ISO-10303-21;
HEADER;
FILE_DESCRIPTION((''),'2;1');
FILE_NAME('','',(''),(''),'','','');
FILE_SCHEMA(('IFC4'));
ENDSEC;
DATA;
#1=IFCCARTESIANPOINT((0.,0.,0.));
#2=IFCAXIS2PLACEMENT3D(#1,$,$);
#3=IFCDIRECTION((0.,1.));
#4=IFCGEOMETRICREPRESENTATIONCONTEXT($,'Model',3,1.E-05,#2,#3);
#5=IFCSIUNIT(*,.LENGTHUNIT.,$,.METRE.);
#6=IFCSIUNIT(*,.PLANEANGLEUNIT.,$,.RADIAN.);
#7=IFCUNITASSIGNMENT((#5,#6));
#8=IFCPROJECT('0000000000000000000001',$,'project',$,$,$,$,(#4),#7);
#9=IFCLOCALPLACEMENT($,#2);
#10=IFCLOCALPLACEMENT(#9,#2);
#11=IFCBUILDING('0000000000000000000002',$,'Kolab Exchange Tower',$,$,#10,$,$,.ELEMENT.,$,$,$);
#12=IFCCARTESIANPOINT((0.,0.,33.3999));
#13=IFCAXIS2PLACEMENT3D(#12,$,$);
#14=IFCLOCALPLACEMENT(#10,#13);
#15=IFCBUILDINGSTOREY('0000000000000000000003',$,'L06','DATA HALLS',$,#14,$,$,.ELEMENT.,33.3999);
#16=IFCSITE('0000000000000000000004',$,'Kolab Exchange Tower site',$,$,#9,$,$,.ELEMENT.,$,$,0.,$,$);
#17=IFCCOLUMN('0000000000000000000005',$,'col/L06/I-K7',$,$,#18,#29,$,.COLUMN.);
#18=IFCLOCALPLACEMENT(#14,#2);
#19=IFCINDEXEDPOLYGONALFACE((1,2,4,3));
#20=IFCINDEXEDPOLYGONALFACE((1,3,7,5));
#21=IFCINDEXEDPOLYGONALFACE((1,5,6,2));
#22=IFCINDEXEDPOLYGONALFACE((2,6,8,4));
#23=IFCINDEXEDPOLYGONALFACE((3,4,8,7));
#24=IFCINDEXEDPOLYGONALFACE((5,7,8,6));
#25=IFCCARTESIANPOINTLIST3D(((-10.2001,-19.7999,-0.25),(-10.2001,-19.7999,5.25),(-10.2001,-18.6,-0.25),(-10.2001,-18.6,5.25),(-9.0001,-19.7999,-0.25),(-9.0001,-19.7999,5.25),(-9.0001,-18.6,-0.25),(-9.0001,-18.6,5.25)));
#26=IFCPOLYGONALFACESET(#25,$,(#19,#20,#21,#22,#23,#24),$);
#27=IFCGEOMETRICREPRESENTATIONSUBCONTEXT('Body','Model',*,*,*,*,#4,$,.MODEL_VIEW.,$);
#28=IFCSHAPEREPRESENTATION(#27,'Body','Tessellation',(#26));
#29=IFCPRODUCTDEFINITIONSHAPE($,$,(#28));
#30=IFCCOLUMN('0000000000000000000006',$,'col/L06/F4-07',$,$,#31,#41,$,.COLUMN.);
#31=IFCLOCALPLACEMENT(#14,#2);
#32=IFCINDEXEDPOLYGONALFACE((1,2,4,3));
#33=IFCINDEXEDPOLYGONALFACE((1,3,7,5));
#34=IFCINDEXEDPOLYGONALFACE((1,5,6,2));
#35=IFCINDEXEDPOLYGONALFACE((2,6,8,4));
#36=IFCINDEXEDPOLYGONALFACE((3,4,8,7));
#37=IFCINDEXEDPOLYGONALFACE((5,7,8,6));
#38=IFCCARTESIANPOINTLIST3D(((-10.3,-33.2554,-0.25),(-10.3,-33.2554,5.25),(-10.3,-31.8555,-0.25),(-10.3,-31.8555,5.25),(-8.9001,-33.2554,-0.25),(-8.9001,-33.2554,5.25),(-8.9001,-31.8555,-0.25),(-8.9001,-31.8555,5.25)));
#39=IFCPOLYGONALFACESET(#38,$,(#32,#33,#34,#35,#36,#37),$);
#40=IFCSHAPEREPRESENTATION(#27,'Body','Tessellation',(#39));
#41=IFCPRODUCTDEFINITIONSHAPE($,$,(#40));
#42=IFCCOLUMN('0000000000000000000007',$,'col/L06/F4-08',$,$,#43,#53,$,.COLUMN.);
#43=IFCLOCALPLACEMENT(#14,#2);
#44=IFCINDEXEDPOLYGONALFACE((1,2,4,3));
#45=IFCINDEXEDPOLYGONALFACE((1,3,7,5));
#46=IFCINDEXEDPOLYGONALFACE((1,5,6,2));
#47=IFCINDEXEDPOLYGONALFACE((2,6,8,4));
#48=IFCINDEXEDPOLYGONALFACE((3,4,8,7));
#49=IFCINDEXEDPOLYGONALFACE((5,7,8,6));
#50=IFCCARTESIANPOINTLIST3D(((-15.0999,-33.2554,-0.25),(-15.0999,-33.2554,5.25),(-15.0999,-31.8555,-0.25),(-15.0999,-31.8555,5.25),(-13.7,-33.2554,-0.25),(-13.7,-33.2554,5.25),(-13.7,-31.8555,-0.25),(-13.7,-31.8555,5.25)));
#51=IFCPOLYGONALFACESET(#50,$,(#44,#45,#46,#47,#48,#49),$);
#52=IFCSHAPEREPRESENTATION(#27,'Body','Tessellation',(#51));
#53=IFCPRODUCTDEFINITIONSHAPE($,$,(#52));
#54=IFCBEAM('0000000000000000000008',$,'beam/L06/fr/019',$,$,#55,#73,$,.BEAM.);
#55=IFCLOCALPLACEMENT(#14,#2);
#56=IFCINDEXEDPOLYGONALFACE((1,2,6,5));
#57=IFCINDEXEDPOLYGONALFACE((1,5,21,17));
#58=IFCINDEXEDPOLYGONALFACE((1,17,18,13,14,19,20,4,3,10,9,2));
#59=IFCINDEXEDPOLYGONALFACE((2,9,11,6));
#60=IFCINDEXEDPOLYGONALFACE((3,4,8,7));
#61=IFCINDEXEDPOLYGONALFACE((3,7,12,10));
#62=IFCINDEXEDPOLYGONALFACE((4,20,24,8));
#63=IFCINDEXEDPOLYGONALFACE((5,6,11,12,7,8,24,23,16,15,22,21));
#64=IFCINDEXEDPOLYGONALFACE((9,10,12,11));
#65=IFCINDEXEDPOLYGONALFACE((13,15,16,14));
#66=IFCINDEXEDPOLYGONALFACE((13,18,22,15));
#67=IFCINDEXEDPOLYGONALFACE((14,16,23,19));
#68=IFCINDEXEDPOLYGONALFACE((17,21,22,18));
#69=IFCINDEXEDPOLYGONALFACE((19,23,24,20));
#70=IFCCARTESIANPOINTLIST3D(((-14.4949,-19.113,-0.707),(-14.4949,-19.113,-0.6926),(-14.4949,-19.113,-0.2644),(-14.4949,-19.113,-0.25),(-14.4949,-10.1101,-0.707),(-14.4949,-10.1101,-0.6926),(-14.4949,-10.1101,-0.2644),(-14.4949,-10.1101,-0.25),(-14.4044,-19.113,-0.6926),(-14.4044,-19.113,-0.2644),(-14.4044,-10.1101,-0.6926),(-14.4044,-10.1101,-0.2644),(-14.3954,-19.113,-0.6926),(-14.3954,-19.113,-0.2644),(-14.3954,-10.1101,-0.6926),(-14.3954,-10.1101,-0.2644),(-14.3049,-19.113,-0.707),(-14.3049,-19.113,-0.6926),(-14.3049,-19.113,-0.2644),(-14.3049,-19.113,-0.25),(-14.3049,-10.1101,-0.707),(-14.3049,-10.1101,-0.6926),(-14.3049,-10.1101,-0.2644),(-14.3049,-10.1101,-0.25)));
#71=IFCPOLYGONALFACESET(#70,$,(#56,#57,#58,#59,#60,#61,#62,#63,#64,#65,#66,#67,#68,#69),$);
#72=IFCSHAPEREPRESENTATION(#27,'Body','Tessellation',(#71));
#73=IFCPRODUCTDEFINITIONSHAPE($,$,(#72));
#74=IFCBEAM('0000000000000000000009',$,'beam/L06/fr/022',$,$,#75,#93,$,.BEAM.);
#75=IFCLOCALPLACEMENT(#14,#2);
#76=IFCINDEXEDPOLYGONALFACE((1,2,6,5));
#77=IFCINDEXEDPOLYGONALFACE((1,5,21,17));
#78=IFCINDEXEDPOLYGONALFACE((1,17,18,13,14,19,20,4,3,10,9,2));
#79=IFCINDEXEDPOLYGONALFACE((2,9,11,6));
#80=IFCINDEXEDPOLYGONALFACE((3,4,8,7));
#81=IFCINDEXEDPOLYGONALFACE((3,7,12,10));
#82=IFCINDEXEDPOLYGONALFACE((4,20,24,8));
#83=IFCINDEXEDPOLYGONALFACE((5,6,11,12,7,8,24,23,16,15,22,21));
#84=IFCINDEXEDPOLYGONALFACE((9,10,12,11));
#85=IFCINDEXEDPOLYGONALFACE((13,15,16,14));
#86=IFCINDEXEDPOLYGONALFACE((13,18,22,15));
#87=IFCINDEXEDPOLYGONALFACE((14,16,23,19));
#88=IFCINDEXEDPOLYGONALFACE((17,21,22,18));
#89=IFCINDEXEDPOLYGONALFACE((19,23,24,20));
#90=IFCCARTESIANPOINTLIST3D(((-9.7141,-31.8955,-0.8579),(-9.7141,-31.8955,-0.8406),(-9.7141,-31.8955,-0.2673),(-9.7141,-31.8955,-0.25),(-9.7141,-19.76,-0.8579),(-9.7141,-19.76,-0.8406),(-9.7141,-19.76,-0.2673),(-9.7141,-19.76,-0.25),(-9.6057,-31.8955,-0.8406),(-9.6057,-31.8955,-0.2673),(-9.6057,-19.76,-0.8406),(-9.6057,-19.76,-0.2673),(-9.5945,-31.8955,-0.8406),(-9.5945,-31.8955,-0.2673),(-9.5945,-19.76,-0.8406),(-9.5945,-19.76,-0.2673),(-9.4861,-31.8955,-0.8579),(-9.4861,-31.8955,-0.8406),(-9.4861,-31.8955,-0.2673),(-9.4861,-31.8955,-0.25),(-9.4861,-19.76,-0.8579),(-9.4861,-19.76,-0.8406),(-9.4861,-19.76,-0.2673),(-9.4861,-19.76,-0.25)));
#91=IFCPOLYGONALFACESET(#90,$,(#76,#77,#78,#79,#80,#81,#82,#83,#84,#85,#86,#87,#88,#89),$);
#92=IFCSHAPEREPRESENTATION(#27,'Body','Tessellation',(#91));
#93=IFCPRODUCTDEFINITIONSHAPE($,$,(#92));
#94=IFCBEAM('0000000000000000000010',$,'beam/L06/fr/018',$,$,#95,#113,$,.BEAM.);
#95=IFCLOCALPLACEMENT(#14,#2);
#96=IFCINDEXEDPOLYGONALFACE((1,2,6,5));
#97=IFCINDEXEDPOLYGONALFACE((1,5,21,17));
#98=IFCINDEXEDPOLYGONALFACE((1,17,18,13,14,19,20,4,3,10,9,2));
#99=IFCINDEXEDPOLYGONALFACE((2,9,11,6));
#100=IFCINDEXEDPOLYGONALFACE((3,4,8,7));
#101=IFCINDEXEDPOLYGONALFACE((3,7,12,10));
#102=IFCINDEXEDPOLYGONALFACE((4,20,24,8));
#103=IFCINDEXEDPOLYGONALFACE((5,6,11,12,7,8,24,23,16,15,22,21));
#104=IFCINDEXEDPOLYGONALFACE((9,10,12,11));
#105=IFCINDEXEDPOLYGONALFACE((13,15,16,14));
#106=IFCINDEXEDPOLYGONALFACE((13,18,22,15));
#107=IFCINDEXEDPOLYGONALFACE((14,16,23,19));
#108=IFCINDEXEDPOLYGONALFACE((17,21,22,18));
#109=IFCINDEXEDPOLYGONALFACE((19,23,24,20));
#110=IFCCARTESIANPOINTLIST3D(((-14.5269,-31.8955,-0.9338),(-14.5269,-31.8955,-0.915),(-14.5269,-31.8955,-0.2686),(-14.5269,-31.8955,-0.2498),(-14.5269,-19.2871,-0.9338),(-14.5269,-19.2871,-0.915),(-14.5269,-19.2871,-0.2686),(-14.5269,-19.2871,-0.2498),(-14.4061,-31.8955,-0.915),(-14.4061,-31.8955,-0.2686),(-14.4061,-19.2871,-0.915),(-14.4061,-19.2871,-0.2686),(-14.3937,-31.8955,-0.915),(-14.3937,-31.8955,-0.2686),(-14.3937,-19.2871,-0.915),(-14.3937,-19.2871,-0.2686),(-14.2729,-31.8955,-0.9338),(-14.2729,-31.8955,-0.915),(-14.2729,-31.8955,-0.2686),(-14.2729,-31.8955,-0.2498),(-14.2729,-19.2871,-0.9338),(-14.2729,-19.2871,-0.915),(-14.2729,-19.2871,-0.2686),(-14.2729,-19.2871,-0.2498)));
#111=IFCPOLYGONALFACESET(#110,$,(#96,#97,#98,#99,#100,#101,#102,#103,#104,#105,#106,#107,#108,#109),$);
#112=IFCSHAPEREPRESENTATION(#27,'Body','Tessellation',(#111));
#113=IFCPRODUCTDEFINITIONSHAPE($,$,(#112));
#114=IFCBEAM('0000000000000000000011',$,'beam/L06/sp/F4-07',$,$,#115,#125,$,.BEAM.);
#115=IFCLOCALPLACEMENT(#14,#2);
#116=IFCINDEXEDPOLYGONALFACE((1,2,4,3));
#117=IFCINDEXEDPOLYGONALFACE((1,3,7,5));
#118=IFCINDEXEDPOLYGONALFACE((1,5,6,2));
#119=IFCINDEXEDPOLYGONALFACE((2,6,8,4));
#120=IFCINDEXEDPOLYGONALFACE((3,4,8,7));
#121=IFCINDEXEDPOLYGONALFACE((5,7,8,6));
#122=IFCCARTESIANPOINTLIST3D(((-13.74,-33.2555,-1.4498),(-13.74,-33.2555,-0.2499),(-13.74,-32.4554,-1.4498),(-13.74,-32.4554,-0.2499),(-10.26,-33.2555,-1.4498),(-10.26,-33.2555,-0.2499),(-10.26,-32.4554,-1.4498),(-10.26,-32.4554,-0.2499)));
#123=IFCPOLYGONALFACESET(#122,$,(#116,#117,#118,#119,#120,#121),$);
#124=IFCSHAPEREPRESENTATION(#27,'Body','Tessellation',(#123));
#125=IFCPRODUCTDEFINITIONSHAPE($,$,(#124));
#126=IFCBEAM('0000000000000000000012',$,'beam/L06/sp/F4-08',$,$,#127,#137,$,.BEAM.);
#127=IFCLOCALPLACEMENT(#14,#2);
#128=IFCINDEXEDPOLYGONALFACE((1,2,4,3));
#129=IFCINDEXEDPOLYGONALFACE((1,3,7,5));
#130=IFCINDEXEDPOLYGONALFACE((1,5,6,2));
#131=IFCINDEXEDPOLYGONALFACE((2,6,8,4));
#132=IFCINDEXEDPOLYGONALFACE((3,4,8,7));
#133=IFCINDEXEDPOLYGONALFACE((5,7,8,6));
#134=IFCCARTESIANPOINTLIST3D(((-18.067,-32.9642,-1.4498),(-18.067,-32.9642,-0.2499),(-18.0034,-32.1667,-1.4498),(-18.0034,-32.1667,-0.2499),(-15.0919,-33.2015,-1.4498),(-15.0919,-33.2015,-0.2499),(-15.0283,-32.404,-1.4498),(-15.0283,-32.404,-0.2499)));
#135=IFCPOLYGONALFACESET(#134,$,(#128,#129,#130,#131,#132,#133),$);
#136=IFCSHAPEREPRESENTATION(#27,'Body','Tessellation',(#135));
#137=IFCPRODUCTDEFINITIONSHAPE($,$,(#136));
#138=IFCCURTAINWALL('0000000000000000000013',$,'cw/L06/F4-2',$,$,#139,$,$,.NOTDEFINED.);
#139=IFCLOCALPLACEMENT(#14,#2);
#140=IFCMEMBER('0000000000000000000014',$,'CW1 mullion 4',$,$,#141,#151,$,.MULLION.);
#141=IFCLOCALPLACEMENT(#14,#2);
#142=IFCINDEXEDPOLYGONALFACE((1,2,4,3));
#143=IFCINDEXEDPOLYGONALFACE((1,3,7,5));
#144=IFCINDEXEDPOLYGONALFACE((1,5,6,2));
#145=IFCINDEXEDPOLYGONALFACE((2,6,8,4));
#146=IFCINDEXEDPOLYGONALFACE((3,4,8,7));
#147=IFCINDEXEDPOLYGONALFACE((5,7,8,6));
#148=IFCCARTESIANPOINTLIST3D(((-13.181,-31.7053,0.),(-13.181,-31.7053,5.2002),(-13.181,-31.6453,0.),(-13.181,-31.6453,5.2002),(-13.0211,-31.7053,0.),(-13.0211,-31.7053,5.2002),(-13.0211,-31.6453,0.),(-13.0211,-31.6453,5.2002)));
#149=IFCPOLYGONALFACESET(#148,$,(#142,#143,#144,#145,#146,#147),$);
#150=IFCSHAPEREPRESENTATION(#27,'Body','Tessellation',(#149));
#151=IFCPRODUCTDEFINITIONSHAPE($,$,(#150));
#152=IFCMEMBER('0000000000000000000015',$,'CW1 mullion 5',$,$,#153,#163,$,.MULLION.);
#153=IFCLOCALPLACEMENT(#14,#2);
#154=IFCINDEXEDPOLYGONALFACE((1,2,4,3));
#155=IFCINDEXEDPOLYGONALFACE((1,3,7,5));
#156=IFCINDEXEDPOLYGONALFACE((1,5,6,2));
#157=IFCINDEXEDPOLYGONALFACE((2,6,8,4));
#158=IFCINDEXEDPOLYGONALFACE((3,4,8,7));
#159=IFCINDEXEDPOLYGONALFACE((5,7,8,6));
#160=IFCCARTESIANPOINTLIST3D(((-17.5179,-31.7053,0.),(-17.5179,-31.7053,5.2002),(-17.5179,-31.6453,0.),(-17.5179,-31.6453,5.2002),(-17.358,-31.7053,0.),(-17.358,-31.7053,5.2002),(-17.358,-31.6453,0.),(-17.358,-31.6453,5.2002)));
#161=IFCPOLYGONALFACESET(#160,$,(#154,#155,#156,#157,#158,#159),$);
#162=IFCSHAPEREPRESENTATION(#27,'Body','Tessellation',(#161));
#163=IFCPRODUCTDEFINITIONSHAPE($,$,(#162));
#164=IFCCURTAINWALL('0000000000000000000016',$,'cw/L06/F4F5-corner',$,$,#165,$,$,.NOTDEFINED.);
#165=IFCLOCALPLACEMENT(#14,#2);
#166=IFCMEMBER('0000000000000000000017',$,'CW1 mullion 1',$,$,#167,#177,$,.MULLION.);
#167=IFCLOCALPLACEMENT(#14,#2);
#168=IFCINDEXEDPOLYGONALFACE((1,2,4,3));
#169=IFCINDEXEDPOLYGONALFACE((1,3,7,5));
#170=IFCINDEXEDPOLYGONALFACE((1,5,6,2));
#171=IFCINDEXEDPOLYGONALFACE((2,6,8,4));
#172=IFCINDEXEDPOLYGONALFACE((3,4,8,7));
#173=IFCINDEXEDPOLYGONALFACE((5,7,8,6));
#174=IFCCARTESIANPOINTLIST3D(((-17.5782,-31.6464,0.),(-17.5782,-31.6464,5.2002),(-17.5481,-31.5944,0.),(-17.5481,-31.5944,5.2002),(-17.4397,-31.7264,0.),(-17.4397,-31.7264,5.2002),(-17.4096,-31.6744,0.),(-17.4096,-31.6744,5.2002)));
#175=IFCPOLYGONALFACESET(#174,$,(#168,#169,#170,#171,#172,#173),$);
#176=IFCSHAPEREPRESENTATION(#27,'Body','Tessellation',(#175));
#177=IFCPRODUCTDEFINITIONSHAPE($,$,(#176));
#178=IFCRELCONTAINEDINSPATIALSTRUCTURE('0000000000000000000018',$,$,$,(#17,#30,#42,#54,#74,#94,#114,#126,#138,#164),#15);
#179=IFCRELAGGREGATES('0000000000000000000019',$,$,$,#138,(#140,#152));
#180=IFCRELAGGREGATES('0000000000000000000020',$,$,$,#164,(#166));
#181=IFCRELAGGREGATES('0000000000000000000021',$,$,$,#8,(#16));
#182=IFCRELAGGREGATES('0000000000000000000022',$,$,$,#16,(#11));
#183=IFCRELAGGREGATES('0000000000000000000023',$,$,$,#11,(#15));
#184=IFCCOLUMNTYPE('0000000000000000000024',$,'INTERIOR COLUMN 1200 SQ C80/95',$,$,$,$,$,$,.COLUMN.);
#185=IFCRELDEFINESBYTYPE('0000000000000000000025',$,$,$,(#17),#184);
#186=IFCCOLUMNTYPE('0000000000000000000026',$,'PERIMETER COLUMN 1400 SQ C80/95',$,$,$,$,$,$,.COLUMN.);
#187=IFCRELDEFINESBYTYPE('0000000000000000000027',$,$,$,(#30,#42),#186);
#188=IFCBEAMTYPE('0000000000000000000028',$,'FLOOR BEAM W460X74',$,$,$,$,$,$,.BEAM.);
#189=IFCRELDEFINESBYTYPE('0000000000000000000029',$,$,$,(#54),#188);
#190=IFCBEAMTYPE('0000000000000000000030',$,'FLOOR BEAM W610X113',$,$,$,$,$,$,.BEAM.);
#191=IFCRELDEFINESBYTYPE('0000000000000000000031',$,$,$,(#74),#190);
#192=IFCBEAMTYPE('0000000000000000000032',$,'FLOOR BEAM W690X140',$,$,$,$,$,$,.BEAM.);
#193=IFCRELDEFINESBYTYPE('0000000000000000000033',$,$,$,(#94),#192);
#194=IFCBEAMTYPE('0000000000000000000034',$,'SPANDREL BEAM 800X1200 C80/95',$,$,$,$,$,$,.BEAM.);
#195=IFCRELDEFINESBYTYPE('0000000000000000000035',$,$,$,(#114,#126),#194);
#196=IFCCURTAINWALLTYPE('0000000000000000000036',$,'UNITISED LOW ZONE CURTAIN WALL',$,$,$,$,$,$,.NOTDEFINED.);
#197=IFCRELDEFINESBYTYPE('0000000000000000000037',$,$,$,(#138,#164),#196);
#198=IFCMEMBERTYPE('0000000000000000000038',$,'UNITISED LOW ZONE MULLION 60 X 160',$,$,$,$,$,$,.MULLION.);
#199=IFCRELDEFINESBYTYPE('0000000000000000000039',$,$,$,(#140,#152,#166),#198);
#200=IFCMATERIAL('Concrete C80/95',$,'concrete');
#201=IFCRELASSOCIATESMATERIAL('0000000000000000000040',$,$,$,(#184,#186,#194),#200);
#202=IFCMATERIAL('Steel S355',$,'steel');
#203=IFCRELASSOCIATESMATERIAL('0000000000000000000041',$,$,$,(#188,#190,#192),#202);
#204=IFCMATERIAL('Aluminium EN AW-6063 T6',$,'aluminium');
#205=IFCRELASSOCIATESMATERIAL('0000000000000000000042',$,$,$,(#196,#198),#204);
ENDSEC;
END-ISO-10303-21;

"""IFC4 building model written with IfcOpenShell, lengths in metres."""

from ifc_helpers import new_model, si_unit, direction, frame, origin, origin_2d, place, context, subcontext, project, spatial, rectangle, i_section, extrude, material, material_profile, profile_set, type_object, element, aggregate, save


model = new_model("IFC4")

# Units and contexts
model_context = context("Model", 3, precision=1e-05, world=origin(), true_north=direction((0.0, 1.0)))
body_context = subcontext(model_context, "Body", "Model", "MODEL_VIEW")
ifc_project = project(units=[si_unit("LENGTHUNIT", "METRE"), si_unit("PLANEANGLEUNIT", "RADIAN")], contexts=[model_context])

# Site, building, storey
site_placement = place(None, origin())
site = spatial("IfcSite", under=ifc_project, at=site_placement, Name="Kolab Exchange Tower site", CompositionType="ELEMENT", RefElevation=0.0)
building_placement = place(site_placement, origin())
building = spatial("IfcBuilding", under=site, at=building_placement, Name="Kolab Exchange Tower", CompositionType="ELEMENT")
storey_placement = place(building_placement, frame((0.0, 0.0, 33.3999)))
storey = spatial("IfcBuildingStorey", under=building, at=storey_placement, Name="L06", Description="DATA HALLS", CompositionType="ELEMENT", Elevation=33.3999)

# Columns
ifc_material_1 = material(Name="Concrete C80/95", Category="concrete")
ifc_material_profile_1 = material_profile(ifc_material_1, rectangle(XDim=1.2, YDim=1.2, at=origin_2d()), Name="RC1200")
ifc_profile_set_1 = profile_set([ifc_material_profile_1], Name="Concrete C80/95")
column_type_1 = type_object("IfcColumnType", Name="INTERIOR COLUMN 1200 SQ C80/95", PredefinedType="COLUMN", material=ifc_profile_set_1)
column_placement = place(storey_placement, frame((-9.6001, -19.2, -0.25), z_axis=(0.0, 0.0, 1.0), x_axis=(1.0, 0.0, 0.0)))
element("IfcColumn", 1, at=column_placement, inside=storey, type_object=column_type_1, Name="col/L06/I-K7", PredefinedType="COLUMN", context=body_context, shape_type="SweptSolid", body=[
    extrude(rectangle(XDim=1.2, YDim=1.2, at=origin_2d()), origin(), (0.0, 0.0, 1.0), 5.5),
])
ifc_material_profile_2 = material_profile(ifc_material_1, rectangle(XDim=1.3999, YDim=1.3999, at=origin_2d()), Name="RC1400")
ifc_profile_set_2 = profile_set([ifc_material_profile_2], Name="Concrete C80/95")
column_type_2 = type_object("IfcColumnType", Name="PERIMETER COLUMN 1400 SQ C80/95", PredefinedType="COLUMN", material=ifc_profile_set_2)
for number, where, z_axis, x_axis, name in (
    (2, (-9.6001, -32.5554, -0.25), (0.0, 0.0, 1.0), (1.0, 0.0, 0.0), "col/L06/F4-07"),
    (3, (-14.3999, -32.5554, -0.25), (0.0, 0.0, 1.0), (1.0, 0.0, 0.0), "col/L06/F4-08"),
):
    element("IfcColumn", number, at=place(storey_placement, frame(where, z_axis=z_axis, x_axis=x_axis)), inside=storey, type_object=column_type_2, Name=name, PredefinedType="COLUMN", context=body_context, shape_type="SweptSolid", body=[
        extrude(rectangle(XDim=1.3999, YDim=1.3999, at=origin_2d()), origin(), (0.0, 0.0, 1.0), 5.5),
    ])

# Beams
ifc_material_2 = material(Name="Steel S355", Category="steel")
ifc_material_profile_3 = material_profile(ifc_material_2, i_section(OverallWidth=0.1899, OverallDepth=0.457, WebThickness=0.009, FlangeThickness=0.0144, at=origin_2d()), Name="W460X74")
ifc_profile_set_3 = profile_set([ifc_material_profile_3], Name="Steel S355")
beam_type_1 = type_object("IfcBeamType", Name="FLOOR BEAM W460X74", PredefinedType="BEAM", material=ifc_profile_set_3)
beam_1_placement = place(storey_placement, frame((-14.3999, -19.113, -0.4785), z_axis=(0.0, 1.0, 0.0), x_axis=(-1.0, 0.0, 0.0)))
element("IfcBeam", 4, at=beam_1_placement, inside=storey, type_object=beam_type_1, Name="beam/L06/fr/019", PredefinedType="BEAM", context=body_context, shape_type="SweptSolid", body=[
    extrude(i_section(OverallWidth=0.1899, OverallDepth=0.457, WebThickness=0.009, FlangeThickness=0.0144, at=origin_2d()), origin(), (0.0, 0.0, 1.0), 9.0029),
])
ifc_material_profile_4 = material_profile(ifc_material_2, i_section(OverallWidth=0.228, OverallDepth=0.6079, WebThickness=0.0112, FlangeThickness=0.0173, at=origin_2d()), Name="W610X113")
ifc_profile_set_4 = profile_set([ifc_material_profile_4], Name="Steel S355")
beam_type_2 = type_object("IfcBeamType", Name="FLOOR BEAM W610X113", PredefinedType="BEAM", material=ifc_profile_set_4)
beam_2_placement = place(storey_placement, frame((-9.6001, -31.8955, -0.554), z_axis=(0.0, 1.0, 0.0), x_axis=(-1.0, 0.0, 0.0)))
element("IfcBeam", 5, at=beam_2_placement, inside=storey, type_object=beam_type_2, Name="beam/L06/fr/022", PredefinedType="BEAM", context=body_context, shape_type="SweptSolid", body=[
    extrude(i_section(OverallWidth=0.228, OverallDepth=0.6079, WebThickness=0.0112, FlangeThickness=0.0173, at=origin_2d()), origin(), (0.0, 0.0, 1.0), 12.1355),
])
ifc_material_profile_5 = material_profile(ifc_material_2, i_section(OverallWidth=0.2539, OverallDepth=0.6841, WebThickness=0.0125, FlangeThickness=0.0188, at=origin_2d()), Name="W690X140")
ifc_profile_set_5 = profile_set([ifc_material_profile_5], Name="Steel S355")
beam_type_3 = type_object("IfcBeamType", Name="FLOOR BEAM W690X140", PredefinedType="BEAM", material=ifc_profile_set_5)
beam_3_placement = place(storey_placement, frame((-14.3999, -31.8955, -0.5918), z_axis=(0.0, 1.0, 0.0), x_axis=(-1.0, 0.0, 0.0)))
element("IfcBeam", 6, at=beam_3_placement, inside=storey, type_object=beam_type_3, Name="beam/L06/fr/018", PredefinedType="BEAM", context=body_context, shape_type="SweptSolid", body=[
    extrude(i_section(OverallWidth=0.2539, OverallDepth=0.6841, WebThickness=0.0125, FlangeThickness=0.0188, at=origin_2d()), origin(), (0.0, 0.0, 1.0), 12.6084),
])
ifc_material_profile_6 = material_profile(ifc_material_1, rectangle(XDim=0.8, YDim=1.2, at=origin_2d()), Name="RC800X1200")
ifc_profile_set_6 = profile_set([ifc_material_profile_6], Name="Concrete C80/95")
beam_type_4 = type_object("IfcBeamType", Name="SPANDREL BEAM 800X1200 C80/95", PredefinedType="BEAM", material=ifc_profile_set_6)
beam_4_placement = place(storey_placement, frame((-10.26, -32.8555, -0.8499), z_axis=(-1.0, 0.0, 0.0), x_axis=(0.0, -1.0, 0.0)))
element("IfcBeam", 7, at=beam_4_placement, inside=storey, type_object=beam_type_4, Name="beam/L06/sp/F4-07", PredefinedType="BEAM", context=body_context, shape_type="SweptSolid", body=[
    extrude(rectangle(XDim=0.8, YDim=1.2, at=origin_2d()), origin(), (0.0, 0.0, 1.0), 3.48),
])
beam_5_placement = place(storey_placement, frame((-15.0601, -32.8027, -0.8499), z_axis=(-0.996834, 0.079511, 0.0), x_axis=(-0.079511, -0.996834, 0.0)))
element("IfcBeam", 8, at=beam_5_placement, inside=storey, type_object=beam_type_4, Name="beam/L06/sp/F4-08", PredefinedType="BEAM", context=body_context, shape_type="SweptSolid", body=[
    extrude(rectangle(XDim=0.8, YDim=1.2, at=origin_2d()), origin(), (0.0, 0.0, 1.0), 2.9846),
])

# Curtain wall, members
ifc_material_3 = material(Name="Aluminium EN AW-6063 T6", Category="aluminium")
curtain_wall_type = type_object("IfcCurtainWallType", Name="UNITISED LOW ZONE CURTAIN WALL", PredefinedType="NOTDEFINED", material=ifc_material_3)
curtain_wall_1_placement = place(storey_placement, origin())
curtain_wall_1 = element("IfcCurtainWall", 9, at=curtain_wall_1_placement, inside=storey, type_object=curtain_wall_type, Name="cw/L06/F4-2", PredefinedType="NOTDEFINED")
ifc_material_profile_7 = material_profile(ifc_material_3, rectangle(XDim=0.0601, YDim=0.1599, at=origin_2d()), Name="RECT 60X160")
ifc_profile_set_7 = profile_set([ifc_material_profile_7], Name="Aluminium EN AW-6063 T6")
member_type_1 = type_object("IfcMemberType", Name="UNITISED LOW ZONE MULLION 60 X 160", PredefinedType="MULLION", material=ifc_profile_set_7)
member_1_placement = place(storey_placement, frame((-13.1011, -31.6753, 0.0), z_axis=(0.0, 0.0, 1.0), x_axis=(0.0, -1.0, 0.0)))
member_1 = element("IfcMember", 10, at=member_1_placement, type_object=member_type_1, Name="CW1 mullion 4", PredefinedType="MULLION", context=body_context, shape_type="SweptSolid", body=[
    extrude(rectangle(XDim=0.0601, YDim=0.1599, at=origin_2d()), origin(), (0.0, 0.0, 1.0), 5.2002),
])
member_2_placement = place(storey_placement, frame((-17.438, -31.6753, 0.0), z_axis=(0.0, 0.0, 1.0), x_axis=(0.0, -1.0, 0.0)))
member_2 = element("IfcMember", 11, at=member_2_placement, type_object=member_type_1, Name="CW1 mullion 5", PredefinedType="MULLION", context=body_context, shape_type="SweptSolid", body=[
    extrude(rectangle(XDim=0.0601, YDim=0.1599, at=origin_2d()), origin(), (0.0, 0.0, 1.0), 5.2002),
])

# Curtain wall, member
curtain_wall_2_placement = place(storey_placement, origin())
curtain_wall_2 = element("IfcCurtainWall", 12, at=curtain_wall_2_placement, inside=storey, type_object=curtain_wall_type, Name="cw/L06/F4F5-corner", PredefinedType="NOTDEFINED")
member_3_placement = place(storey_placement, frame((-17.4939, -31.6604, 0.0), z_axis=(0.0, 0.0, 1.0), x_axis=(-0.5, -0.866025, 0.0)))
member_3 = element("IfcMember", 13, at=member_3_placement, type_object=member_type_1, Name="CW1 mullion 1", PredefinedType="MULLION", context=body_context, shape_type="SweptSolid", body=[
    extrude(rectangle(XDim=0.0601, YDim=0.1599, at=origin_2d()), origin(), (0.0, 0.0, 1.0), 5.2002),
])

aggregate(curtain_wall_1, [member_1, member_2])
aggregate(curtain_wall_2, [member_3])

save(model, "model.ifc")
